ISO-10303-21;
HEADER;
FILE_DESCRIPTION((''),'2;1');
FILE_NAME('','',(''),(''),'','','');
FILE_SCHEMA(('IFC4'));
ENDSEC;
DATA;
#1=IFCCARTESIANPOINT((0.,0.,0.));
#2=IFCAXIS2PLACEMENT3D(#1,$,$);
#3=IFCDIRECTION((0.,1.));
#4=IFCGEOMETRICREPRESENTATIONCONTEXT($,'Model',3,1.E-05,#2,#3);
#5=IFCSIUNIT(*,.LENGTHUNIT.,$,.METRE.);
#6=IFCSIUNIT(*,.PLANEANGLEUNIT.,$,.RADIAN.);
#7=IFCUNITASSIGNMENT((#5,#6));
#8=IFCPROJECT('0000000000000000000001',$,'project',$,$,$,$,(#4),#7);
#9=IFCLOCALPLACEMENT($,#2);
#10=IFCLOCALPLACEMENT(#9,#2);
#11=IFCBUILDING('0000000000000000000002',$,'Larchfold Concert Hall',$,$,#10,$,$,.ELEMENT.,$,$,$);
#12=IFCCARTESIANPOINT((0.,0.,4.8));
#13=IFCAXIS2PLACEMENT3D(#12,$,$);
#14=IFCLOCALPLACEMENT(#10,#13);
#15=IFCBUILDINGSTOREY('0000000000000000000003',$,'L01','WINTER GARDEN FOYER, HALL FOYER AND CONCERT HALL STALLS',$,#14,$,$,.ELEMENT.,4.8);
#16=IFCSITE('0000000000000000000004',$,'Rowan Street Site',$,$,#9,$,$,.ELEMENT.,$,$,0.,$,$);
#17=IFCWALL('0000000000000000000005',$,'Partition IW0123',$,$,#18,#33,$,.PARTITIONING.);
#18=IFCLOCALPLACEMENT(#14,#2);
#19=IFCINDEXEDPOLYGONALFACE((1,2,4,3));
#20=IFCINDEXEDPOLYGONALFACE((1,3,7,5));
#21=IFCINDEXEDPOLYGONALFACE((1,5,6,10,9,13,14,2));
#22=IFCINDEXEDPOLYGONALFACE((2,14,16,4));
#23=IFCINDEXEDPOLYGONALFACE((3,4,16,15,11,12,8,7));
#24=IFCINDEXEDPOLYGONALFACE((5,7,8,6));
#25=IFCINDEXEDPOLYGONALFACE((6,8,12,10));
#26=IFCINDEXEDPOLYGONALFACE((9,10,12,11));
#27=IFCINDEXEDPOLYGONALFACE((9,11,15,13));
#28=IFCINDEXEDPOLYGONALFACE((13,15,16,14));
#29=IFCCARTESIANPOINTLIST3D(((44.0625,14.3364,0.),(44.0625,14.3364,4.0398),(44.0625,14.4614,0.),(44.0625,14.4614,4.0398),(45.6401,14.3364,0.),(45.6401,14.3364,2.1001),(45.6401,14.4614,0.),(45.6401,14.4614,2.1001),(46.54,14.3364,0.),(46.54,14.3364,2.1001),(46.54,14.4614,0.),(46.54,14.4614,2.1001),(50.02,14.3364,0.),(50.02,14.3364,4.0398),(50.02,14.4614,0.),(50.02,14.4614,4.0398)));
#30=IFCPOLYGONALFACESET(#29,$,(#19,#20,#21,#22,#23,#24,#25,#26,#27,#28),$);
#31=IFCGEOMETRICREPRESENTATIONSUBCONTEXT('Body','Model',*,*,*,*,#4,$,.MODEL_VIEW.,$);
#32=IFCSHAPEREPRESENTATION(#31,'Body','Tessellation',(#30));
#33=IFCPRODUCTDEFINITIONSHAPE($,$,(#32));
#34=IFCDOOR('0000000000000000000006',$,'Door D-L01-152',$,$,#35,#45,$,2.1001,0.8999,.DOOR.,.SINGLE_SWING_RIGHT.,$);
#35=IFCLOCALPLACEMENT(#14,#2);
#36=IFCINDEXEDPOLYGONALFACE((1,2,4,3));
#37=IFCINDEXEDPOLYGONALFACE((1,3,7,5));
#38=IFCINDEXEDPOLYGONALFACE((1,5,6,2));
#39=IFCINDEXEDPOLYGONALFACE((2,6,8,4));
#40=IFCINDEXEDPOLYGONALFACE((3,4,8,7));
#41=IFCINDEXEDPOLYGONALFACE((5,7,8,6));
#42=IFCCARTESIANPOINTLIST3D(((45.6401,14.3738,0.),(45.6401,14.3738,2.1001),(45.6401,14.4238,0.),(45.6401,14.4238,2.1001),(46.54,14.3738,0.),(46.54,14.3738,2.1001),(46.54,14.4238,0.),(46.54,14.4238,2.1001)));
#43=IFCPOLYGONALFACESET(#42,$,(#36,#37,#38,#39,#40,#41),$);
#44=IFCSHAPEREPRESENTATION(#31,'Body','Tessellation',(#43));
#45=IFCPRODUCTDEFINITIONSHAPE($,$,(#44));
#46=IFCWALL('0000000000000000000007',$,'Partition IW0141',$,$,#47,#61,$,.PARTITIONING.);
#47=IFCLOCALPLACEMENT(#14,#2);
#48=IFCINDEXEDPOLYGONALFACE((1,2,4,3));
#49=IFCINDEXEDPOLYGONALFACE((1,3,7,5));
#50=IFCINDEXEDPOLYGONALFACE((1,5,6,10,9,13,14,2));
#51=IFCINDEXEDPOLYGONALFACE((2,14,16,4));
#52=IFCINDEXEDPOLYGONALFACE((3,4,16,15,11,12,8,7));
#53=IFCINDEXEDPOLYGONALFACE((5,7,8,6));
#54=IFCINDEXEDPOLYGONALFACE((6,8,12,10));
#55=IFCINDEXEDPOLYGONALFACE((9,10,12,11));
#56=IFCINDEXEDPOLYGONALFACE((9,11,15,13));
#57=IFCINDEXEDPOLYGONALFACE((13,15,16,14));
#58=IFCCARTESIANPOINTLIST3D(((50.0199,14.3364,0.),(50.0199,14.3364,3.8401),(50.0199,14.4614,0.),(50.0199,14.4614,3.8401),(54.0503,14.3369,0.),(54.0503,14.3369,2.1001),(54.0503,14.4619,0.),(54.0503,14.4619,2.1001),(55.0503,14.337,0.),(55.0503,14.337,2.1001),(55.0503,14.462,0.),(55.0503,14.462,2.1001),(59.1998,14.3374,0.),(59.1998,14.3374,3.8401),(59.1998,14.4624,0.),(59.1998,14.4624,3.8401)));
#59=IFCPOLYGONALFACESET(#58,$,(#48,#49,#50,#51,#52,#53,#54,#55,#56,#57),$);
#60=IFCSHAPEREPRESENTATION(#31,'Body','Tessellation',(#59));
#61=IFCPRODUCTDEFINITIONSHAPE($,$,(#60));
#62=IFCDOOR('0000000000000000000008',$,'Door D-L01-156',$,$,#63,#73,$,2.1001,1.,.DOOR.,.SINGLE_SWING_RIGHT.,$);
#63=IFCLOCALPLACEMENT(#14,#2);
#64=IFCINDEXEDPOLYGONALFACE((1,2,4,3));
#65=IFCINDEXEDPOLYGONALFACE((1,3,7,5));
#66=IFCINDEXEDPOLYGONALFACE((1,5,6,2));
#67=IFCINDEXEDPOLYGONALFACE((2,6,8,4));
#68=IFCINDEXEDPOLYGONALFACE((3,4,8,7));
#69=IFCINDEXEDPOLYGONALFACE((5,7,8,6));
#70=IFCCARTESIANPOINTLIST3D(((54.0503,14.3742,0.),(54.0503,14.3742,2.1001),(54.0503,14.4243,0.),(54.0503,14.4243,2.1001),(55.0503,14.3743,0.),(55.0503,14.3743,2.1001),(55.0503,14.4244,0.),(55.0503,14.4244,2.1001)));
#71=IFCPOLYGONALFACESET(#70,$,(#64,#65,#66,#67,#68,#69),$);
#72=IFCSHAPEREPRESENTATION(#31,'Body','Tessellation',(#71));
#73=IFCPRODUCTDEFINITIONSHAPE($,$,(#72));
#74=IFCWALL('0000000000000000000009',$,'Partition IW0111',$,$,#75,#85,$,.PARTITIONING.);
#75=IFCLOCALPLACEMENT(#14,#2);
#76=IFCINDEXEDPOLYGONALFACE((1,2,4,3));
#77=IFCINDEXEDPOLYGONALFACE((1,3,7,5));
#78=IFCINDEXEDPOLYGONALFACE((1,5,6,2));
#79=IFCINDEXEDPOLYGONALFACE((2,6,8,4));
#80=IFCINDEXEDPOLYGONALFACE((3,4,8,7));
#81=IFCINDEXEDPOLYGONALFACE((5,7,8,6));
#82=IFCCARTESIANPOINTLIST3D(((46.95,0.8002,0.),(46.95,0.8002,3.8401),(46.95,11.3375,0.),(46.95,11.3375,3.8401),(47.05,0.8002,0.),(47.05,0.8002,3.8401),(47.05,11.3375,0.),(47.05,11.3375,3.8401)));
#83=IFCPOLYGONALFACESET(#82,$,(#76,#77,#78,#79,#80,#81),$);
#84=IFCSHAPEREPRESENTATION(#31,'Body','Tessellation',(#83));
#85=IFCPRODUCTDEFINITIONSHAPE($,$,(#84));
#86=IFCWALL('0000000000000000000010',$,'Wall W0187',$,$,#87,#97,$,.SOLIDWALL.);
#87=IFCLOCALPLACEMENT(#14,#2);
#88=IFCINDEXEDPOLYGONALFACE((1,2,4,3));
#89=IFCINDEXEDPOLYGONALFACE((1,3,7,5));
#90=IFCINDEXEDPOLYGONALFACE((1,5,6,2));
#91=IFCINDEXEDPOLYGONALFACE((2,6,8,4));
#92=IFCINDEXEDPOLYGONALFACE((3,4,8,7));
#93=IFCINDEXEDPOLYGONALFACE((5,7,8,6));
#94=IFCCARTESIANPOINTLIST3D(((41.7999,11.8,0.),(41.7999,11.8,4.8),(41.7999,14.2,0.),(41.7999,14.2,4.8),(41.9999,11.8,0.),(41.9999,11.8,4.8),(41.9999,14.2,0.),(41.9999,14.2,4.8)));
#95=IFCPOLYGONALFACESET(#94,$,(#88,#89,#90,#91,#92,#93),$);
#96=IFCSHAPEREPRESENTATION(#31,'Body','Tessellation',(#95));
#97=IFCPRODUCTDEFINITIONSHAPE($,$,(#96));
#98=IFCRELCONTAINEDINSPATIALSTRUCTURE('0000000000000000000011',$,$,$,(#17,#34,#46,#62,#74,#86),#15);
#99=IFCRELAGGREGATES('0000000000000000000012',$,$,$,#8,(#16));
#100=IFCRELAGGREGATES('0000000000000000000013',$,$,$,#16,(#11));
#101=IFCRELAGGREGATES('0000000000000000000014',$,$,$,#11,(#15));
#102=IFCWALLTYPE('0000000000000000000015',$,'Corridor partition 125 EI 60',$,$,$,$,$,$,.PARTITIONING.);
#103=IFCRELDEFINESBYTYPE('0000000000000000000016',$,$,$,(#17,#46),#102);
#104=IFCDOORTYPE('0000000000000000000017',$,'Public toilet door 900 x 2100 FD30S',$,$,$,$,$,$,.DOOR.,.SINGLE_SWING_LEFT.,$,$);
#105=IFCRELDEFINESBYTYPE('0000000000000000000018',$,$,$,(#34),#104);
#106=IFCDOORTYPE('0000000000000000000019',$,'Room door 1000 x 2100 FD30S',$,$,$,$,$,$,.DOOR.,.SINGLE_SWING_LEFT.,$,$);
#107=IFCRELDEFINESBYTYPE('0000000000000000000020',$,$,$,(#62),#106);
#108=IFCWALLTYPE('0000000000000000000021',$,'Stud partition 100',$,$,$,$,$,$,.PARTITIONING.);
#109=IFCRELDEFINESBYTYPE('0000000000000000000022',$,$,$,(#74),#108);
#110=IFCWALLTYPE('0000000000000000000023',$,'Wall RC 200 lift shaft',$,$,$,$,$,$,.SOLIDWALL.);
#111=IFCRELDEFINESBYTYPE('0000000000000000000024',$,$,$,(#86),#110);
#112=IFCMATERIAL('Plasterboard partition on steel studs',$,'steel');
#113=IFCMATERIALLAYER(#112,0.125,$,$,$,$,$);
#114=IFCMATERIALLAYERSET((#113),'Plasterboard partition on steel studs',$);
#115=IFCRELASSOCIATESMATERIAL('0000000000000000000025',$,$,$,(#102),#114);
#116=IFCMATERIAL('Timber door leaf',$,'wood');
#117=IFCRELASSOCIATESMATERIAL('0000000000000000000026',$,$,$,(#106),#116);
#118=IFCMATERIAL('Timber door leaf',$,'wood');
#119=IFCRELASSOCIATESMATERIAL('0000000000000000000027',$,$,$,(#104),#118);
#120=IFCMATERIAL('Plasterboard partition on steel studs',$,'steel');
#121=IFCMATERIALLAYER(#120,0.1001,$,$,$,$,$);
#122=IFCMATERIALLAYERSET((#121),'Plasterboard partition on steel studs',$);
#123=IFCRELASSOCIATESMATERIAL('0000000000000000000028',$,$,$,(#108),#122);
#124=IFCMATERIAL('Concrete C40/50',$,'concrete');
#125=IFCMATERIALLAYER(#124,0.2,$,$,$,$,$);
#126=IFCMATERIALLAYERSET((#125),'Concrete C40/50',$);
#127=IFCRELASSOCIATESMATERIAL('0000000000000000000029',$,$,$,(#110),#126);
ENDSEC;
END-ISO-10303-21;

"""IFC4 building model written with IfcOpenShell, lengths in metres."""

from ifc_helpers import new_model, si_unit, direction, frame, frame_2d, origin, place, context, subcontext, project, spatial, rectangle, extrude, material, layer, layer_set, type_object, element, fill, save


model = new_model("IFC4")

# Units and contexts
model_context = context("Model", 3, precision=1e-05, world=origin(), true_north=direction((0.0, 1.0)))
body_context = subcontext(model_context, "Body", "Model", "MODEL_VIEW")
ifc_project = project(units=[si_unit("LENGTHUNIT", "METRE"), si_unit("PLANEANGLEUNIT", "RADIAN")], contexts=[model_context])

# Site, building, storey
site_placement = place(None, origin())
site = spatial("IfcSite", under=ifc_project, at=site_placement, Name="Rowan Street Site", CompositionType="ELEMENT", RefElevation=0.0)
building_placement = place(site_placement, origin())
building = spatial("IfcBuilding", under=site, at=building_placement, Name="Larchfold Concert Hall", CompositionType="ELEMENT")
storey_placement = place(building_placement, frame((0.0, 0.0, 4.8)))
storey = spatial("IfcBuildingStorey", under=building, at=storey_placement, Name="L01", Description="WINTER GARDEN FOYER, HALL FOYER AND CONCERT HALL STALLS", CompositionType="ELEMENT", Elevation=4.8)

# Shared definitions
ifc_material_1 = material(Name="Plasterboard partition on steel studs", Category="steel")
ifc_layer_1 = layer(ifc_material_1, 0.125)
ifc_layer_set_1 = layer_set([ifc_layer_1], Name="Plasterboard partition on steel studs")
wall_type_1 = type_object("IfcWallType", Name="Corridor partition 125 EI 60", PredefinedType="PARTITIONING", material=ifc_layer_set_1)

# Walls, openings, doors
ifc_material_2 = material(Name="Timber door leaf", Category="wood")
door_type_1 = type_object("IfcDoorType", Name="Room door 1000 x 2100 FD30S", OperationType="SINGLE_SWING_LEFT", PredefinedType="DOOR", material=ifc_material_2)
wall_1_placement = place(storey_placement, frame((44.0625, 14.3989, 0.0), z_axis=(0.0, 0.0, 1.0), x_axis=(1.0, 0.0, 0.0)))
wall_1 = element("IfcWall", 1, at=wall_1_placement, inside=storey, type_object=wall_type_1, Name="Partition IW0123", PredefinedType="PARTITIONING", context=body_context, shape_type="SweptSolid", body=[
    extrude(rectangle(XDim=5.9575, YDim=0.125, at=frame_2d((2.9788, 0.0))), origin(), (0.0, 0.0, 1.0), 4.0398),
])
opening_1_placement = place(wall_1_placement, frame((1.5776, 0.0, 0.0)))
opening_1 = element("IfcOpeningElement", 2, at=opening_1_placement, cuts=wall_1, PredefinedType="OPENING", context=body_context, shape_type="SweptSolid", body=[
    extrude(rectangle(XDim=0.8999, YDim=2.1001, at=frame_2d((0.45, 1.05))), frame((0.0, 0.0725, 0.0), z_axis=(0.0, -1.0, 0.0), x_axis=(1.0, 0.0, 0.0)), (0.0, 0.0, 1.0), 0.145),
])
ifc_material_3 = material(Name="Timber door leaf", Category="wood")
door_type_2 = type_object("IfcDoorType", Name="Public toilet door 900 x 2100 FD30S", OperationType="SINGLE_SWING_LEFT", PredefinedType="DOOR", material=ifc_material_3)
door_1_placement = place(opening_1_placement, origin())
door_1 = element("IfcDoor", 3, at=door_1_placement, inside=storey, type_object=door_type_2, Name="Door D-L01-152", OperationType="SINGLE_SWING_RIGHT", OverallHeight=2.1001, OverallWidth=0.8999, PredefinedType="DOOR", context=body_context, shape_type="SweptSolid", body=[
    extrude(rectangle(XDim=0.8999, YDim=2.1001, at=frame_2d((0.45, 1.05))), frame((0.0, 0.0249, 0.0), z_axis=(0.0, -1.0, 0.0), x_axis=(1.0, 0.0, 0.0)), (0.0, 0.0, 1.0), 0.05),
])
fill(opening_1, door_1)
wall_2_placement = place(storey_placement, frame((50.02, 14.3989, 0.0), z_axis=(0.0, 0.0, 1.0), x_axis=(1.0, 0.000106, 0.0)))
wall_2 = element("IfcWall", 4, at=wall_2_placement, inside=storey, type_object=wall_type_1, Name="Partition IW0141", PredefinedType="PARTITIONING", context=body_context, shape_type="SweptSolid", body=[
    extrude(rectangle(XDim=9.1799, YDim=0.125, at=frame_2d((4.5898, 0.0))), origin(), (0.0, 0.0, 1.0), 3.8401),
])
opening_2_placement = place(wall_2_placement, frame((4.0303, 0.0, 0.0)))
opening_2 = element("IfcOpeningElement", 5, at=opening_2_placement, cuts=wall_2, PredefinedType="OPENING", context=body_context, shape_type="SweptSolid", body=[
    extrude(rectangle(XDim=1.0, YDim=2.1001, at=frame_2d((0.5, 1.05))), frame((0.0, 0.0725, 0.0), z_axis=(0.0, -1.0, 0.0), x_axis=(1.0, 0.0, 0.0)), (0.0, 0.0, 1.0), 0.145),
])
door_2_placement = place(opening_2_placement, origin())
door_2 = element("IfcDoor", 6, at=door_2_placement, inside=storey, type_object=door_type_1, Name="Door D-L01-156", OperationType="SINGLE_SWING_RIGHT", OverallHeight=2.1001, OverallWidth=1.0, PredefinedType="DOOR", context=body_context, shape_type="SweptSolid", body=[
    extrude(rectangle(XDim=1.0, YDim=2.1001, at=frame_2d((0.5, 1.05))), frame((0.0, 0.0249, 0.0), z_axis=(0.0, -1.0, 0.0), x_axis=(1.0, 0.0, 0.0)), (0.0, 0.0, 1.0), 0.05),
])
fill(opening_2, door_2)

# Walls
ifc_material_4 = material(Name="Plasterboard partition on steel studs", Category="steel")
ifc_layer_2 = layer(ifc_material_4, 0.1001)
ifc_layer_set_2 = layer_set([ifc_layer_2], Name="Plasterboard partition on steel studs")
wall_type_2 = type_object("IfcWallType", Name="Stud partition 100", PredefinedType="PARTITIONING", material=ifc_layer_set_2)
wall_3_placement = place(storey_placement, frame((47.0, 11.3374, 0.0), z_axis=(0.0, 0.0, 1.0), x_axis=(0.0, -1.0, 0.0)))
element("IfcWall", 7, at=wall_3_placement, inside=storey, type_object=wall_type_2, Name="Partition IW0111", PredefinedType="PARTITIONING", context=body_context, shape_type="SweptSolid", body=[
    extrude(rectangle(XDim=10.5374, YDim=0.1001, at=frame_2d((5.2686, 0.0))), origin(), (0.0, 0.0, 1.0), 3.8401),
])
ifc_material_5 = material(Name="Concrete C40/50", Category="concrete")
ifc_layer_3 = layer(ifc_material_5, 0.2)
ifc_layer_set_3 = layer_set([ifc_layer_3], Name="Concrete C40/50")
wall_type_3 = type_object("IfcWallType", Name="Wall RC 200 lift shaft", PredefinedType="SOLIDWALL", material=ifc_layer_set_3)
wall_4_placement = place(storey_placement, frame((41.8999, 11.8, 0.0), z_axis=(0.0, 0.0, 1.0), x_axis=(0.0, 1.0, 0.0)))
element("IfcWall", 8, at=wall_4_placement, inside=storey, type_object=wall_type_3, Name="Wall W0187", PredefinedType="SOLIDWALL", context=body_context, shape_type="SweptSolid", body=[
    extrude(rectangle(XDim=2.3999, YDim=0.2, at=frame_2d((1.2, 0.0))), origin(), (0.0, 0.0, 1.0), 4.8),
])

save(model, "model.ifc")
